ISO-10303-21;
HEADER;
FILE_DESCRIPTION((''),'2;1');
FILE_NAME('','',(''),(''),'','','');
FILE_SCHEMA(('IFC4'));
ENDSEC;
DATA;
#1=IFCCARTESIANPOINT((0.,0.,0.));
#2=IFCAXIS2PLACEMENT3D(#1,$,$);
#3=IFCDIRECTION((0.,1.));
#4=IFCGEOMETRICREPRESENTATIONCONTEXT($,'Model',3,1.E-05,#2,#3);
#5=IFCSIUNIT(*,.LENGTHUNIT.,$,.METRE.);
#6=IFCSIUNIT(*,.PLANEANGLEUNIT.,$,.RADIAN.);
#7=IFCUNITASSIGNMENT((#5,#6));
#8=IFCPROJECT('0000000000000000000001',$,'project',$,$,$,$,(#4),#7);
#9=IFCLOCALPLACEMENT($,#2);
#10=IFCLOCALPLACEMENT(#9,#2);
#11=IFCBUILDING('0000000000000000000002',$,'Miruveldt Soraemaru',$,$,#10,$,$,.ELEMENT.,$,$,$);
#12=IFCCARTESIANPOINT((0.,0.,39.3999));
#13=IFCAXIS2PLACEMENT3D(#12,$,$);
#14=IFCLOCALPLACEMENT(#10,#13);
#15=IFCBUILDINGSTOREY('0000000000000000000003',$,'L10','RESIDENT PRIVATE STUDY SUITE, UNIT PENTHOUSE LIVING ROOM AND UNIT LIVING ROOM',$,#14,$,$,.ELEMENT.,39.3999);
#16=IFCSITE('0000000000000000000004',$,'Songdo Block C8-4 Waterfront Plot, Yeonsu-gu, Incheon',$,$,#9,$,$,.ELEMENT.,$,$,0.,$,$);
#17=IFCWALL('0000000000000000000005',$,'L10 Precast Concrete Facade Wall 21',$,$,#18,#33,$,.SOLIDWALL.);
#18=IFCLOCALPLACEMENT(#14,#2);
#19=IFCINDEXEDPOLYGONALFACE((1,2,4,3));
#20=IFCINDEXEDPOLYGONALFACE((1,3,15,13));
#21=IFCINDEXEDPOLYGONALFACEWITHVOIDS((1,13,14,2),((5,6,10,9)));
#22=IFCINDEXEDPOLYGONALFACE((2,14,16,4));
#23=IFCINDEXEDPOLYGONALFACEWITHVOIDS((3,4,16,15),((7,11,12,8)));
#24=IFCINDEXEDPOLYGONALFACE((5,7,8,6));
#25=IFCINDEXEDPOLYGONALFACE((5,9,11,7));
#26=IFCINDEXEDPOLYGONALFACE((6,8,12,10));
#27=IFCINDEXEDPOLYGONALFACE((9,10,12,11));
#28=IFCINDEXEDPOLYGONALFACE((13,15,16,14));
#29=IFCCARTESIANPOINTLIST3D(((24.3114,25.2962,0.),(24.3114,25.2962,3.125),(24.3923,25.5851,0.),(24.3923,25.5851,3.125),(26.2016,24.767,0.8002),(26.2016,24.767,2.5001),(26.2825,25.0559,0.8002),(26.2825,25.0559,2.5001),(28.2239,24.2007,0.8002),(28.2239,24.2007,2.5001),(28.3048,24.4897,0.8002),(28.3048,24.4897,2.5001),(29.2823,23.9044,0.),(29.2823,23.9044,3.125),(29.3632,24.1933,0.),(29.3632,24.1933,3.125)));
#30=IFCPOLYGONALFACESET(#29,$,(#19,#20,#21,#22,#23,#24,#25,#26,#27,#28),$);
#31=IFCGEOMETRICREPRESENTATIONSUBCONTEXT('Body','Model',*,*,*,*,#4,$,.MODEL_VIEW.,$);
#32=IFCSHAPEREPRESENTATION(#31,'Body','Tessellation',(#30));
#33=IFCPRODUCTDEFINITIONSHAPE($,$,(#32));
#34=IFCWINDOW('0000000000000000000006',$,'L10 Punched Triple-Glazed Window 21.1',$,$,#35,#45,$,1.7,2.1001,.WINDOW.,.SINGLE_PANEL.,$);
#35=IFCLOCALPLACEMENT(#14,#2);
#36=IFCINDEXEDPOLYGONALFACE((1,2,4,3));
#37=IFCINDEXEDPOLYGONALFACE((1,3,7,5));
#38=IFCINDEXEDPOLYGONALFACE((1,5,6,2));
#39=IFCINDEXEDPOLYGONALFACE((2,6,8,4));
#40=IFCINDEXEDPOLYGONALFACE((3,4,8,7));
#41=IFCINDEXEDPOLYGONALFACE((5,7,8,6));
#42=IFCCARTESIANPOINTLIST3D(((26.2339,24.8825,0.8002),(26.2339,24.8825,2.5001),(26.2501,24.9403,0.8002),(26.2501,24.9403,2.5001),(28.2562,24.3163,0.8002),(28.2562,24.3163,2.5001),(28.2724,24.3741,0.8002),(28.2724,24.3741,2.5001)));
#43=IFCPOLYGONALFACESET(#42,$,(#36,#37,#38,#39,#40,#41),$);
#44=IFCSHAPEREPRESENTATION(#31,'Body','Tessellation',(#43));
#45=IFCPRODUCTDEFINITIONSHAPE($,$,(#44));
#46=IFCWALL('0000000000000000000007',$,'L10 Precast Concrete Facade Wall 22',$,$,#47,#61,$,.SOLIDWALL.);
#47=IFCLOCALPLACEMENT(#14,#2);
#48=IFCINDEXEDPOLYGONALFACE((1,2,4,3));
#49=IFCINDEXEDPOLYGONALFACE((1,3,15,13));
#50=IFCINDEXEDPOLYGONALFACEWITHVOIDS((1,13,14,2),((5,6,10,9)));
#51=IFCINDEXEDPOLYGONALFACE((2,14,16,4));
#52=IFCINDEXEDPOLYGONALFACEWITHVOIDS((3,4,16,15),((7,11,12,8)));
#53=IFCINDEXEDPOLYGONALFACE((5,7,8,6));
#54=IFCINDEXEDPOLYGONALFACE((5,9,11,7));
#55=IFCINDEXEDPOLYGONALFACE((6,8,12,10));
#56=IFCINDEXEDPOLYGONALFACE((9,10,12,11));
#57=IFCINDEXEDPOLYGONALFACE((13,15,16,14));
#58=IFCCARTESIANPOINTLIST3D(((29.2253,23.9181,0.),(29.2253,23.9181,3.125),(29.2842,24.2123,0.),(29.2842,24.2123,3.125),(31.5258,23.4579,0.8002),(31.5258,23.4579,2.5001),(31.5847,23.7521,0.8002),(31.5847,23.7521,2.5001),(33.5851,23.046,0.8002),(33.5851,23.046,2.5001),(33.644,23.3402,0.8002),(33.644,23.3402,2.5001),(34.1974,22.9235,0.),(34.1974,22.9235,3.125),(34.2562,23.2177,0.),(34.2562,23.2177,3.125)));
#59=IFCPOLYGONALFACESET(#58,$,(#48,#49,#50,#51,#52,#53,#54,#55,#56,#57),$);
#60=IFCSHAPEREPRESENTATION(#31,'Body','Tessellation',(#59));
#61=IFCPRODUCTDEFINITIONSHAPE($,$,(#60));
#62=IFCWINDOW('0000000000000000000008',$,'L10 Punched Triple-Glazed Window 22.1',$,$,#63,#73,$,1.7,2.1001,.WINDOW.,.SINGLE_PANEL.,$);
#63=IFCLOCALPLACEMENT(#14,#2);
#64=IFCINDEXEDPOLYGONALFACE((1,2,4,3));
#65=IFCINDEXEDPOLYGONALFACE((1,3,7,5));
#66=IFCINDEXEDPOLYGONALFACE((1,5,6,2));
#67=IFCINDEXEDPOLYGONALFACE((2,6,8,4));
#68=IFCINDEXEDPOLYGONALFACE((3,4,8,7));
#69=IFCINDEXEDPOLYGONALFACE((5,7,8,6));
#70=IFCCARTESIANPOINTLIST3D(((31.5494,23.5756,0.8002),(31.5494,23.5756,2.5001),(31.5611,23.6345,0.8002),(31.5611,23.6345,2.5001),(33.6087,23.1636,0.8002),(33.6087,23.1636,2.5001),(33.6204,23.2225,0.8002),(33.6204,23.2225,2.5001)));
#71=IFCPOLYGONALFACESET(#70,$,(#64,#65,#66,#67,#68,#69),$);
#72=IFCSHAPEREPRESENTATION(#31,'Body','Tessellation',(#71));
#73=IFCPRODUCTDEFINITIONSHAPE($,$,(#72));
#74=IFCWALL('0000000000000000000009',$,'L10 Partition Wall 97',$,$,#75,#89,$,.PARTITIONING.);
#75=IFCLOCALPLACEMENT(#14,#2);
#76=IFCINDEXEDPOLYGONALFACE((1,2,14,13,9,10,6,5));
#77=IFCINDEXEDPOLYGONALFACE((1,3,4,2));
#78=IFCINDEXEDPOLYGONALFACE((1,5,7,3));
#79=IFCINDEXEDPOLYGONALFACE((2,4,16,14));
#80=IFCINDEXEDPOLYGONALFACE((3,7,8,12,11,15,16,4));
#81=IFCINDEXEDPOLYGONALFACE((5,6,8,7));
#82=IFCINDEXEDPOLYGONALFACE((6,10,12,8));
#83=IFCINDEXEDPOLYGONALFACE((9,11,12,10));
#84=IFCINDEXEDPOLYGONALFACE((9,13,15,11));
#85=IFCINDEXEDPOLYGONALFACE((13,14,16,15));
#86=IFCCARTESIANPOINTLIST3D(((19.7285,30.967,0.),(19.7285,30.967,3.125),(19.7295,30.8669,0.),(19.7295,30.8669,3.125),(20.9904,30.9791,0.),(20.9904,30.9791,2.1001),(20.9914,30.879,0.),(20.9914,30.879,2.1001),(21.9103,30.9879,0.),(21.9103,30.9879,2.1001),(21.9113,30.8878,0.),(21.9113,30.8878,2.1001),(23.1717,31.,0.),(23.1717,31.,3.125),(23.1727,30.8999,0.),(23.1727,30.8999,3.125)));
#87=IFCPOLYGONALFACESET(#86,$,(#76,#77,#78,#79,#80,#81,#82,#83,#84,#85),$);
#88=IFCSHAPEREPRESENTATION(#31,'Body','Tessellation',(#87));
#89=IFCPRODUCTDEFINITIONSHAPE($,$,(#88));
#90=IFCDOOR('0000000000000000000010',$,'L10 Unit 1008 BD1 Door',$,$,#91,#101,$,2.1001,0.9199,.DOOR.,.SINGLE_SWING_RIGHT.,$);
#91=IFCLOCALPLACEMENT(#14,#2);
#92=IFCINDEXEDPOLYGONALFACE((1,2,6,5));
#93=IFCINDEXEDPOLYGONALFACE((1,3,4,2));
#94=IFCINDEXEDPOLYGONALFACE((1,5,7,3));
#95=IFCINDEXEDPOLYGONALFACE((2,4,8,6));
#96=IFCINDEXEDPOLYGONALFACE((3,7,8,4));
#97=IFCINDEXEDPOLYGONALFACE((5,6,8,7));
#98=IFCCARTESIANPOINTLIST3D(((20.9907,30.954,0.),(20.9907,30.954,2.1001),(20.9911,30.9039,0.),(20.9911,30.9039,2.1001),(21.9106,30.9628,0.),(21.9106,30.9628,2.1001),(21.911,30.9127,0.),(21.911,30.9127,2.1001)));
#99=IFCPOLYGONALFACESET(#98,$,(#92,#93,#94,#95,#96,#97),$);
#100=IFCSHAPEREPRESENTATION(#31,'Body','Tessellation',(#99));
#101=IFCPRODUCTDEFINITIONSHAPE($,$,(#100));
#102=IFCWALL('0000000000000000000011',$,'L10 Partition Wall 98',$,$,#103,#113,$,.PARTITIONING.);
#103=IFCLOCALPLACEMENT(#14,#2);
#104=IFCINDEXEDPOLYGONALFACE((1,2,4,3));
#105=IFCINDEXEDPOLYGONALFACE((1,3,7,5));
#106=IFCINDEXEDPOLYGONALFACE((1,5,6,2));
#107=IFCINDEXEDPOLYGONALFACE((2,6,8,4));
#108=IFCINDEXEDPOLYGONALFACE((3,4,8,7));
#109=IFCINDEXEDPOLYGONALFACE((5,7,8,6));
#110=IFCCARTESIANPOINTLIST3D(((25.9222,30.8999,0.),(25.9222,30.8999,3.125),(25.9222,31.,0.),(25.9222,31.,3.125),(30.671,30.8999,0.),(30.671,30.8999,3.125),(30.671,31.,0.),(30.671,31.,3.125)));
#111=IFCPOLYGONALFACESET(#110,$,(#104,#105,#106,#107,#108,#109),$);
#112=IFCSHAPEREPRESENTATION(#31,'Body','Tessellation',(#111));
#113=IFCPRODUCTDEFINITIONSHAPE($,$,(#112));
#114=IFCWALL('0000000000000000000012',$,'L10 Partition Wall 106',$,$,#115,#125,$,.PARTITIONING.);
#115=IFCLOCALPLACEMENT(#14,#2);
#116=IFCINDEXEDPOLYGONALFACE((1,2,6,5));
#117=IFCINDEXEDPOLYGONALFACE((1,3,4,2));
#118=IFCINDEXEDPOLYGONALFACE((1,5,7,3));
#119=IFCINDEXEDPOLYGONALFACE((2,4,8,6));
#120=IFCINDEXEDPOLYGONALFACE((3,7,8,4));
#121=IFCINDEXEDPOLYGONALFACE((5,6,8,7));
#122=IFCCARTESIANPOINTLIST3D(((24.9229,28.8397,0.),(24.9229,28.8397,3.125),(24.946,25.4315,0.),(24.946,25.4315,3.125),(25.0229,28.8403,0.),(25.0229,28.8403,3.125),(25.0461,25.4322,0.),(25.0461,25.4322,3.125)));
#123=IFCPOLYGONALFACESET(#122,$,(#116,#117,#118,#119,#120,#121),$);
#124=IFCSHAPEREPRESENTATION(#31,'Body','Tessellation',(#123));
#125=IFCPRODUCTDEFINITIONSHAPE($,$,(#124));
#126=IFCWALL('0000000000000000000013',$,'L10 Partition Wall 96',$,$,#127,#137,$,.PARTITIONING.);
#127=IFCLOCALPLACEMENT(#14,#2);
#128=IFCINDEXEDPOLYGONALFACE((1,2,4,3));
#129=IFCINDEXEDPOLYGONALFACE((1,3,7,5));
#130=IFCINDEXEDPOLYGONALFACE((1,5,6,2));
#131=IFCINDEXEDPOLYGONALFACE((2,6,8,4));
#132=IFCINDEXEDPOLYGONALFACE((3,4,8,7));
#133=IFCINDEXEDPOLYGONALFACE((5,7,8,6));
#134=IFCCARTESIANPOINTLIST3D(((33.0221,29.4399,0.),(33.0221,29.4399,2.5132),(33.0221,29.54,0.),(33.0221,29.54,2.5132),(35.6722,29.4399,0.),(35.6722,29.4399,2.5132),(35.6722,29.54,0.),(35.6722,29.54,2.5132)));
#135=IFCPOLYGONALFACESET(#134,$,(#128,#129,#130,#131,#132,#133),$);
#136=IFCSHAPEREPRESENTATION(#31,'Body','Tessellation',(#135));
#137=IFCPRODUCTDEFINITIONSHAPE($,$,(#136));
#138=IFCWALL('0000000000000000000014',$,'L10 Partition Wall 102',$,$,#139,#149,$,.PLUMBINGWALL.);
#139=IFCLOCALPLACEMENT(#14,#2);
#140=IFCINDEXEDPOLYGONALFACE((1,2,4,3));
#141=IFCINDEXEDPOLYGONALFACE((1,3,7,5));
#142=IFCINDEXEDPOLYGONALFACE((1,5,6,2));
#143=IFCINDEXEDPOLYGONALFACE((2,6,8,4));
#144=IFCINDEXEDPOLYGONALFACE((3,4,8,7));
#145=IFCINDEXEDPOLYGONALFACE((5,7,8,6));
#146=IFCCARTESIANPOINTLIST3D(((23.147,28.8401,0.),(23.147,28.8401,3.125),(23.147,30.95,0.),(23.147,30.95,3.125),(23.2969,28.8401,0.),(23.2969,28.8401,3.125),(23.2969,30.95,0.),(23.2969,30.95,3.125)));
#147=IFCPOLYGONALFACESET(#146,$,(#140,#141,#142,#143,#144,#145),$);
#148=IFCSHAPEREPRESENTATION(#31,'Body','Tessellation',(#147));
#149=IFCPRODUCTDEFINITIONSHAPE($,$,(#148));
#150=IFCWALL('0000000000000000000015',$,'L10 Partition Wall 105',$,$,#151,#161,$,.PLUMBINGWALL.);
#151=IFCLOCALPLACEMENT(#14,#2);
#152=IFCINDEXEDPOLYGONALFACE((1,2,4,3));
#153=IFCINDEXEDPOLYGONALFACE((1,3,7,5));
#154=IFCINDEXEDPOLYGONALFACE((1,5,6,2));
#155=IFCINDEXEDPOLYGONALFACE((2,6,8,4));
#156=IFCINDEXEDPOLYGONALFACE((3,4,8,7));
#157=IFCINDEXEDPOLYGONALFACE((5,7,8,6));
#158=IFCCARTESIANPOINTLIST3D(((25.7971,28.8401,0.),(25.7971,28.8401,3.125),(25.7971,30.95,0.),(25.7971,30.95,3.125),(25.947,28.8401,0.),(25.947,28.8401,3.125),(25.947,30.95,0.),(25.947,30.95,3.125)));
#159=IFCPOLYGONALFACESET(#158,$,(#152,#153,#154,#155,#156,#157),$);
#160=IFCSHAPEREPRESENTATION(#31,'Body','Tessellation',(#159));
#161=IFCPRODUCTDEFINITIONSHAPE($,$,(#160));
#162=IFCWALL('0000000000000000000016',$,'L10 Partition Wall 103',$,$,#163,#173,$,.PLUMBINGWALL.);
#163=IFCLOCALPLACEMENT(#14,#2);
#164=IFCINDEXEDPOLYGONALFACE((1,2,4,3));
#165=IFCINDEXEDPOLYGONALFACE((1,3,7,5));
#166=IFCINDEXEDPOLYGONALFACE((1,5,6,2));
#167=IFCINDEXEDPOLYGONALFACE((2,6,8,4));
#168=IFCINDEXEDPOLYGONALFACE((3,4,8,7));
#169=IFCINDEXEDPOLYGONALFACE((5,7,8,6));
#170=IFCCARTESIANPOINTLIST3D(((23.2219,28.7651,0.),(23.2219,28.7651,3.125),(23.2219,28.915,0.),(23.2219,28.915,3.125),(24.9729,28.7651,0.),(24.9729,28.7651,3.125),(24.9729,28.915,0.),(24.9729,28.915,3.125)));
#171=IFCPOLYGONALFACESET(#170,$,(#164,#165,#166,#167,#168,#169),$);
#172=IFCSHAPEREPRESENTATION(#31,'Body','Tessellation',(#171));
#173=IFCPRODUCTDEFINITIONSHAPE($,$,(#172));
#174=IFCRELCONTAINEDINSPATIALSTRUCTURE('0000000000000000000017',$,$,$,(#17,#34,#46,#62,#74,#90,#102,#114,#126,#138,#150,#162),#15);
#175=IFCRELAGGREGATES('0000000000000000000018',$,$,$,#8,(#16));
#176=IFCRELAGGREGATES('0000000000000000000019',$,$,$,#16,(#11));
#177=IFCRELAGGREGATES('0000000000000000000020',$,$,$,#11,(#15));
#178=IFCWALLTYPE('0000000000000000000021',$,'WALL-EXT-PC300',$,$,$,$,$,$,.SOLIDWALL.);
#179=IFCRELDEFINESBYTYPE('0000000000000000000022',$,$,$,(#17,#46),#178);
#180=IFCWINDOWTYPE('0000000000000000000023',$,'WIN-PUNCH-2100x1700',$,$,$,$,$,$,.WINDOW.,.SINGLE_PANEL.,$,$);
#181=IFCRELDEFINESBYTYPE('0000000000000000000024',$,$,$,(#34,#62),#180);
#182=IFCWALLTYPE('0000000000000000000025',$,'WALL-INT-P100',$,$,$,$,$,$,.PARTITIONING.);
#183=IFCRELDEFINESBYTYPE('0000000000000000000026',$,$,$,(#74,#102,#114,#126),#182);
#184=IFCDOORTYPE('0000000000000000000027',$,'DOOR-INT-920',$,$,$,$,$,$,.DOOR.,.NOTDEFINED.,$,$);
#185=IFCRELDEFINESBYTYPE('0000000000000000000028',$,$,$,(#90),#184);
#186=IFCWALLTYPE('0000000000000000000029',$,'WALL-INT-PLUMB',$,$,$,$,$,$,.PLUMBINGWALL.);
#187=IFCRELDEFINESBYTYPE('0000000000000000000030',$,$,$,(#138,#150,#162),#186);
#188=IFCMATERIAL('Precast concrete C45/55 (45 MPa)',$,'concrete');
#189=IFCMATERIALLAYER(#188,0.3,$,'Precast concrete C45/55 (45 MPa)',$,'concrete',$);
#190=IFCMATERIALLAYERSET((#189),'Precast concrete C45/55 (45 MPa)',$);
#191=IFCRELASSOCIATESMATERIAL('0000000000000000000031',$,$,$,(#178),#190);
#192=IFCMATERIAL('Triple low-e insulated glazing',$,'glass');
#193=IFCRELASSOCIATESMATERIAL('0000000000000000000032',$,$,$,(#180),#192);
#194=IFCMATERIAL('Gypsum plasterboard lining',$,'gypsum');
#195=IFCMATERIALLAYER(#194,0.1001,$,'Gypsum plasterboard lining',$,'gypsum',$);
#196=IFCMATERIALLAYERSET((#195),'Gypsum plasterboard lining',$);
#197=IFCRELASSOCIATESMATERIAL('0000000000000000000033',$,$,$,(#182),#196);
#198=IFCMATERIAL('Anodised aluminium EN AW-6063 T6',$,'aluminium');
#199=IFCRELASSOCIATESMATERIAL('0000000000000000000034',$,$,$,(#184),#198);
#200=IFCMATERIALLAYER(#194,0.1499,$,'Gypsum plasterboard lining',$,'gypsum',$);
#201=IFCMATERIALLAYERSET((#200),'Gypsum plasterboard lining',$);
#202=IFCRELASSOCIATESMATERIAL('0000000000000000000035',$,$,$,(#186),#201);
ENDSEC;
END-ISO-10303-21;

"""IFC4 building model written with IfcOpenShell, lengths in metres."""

from ifc_helpers import new_model, si_unit, direction, frame, frame_2d, origin, place, context, subcontext, project, spatial, rectangle, extrude, material, layer, layer_set, type_object, element, fill, save


model = new_model("IFC4")

# Units and contexts
model_context = context("Model", 3, precision=1e-05, world=origin(), true_north=direction((0.0, 1.0)))
body_context = subcontext(model_context, "Body", "Model", "MODEL_VIEW")
ifc_project = project(units=[si_unit("LENGTHUNIT", "METRE"), si_unit("PLANEANGLEUNIT", "RADIAN")], contexts=[model_context])

# Site, building, storey
site_placement = place(None, origin())
site = spatial("IfcSite", under=ifc_project, at=site_placement, Name="Songdo Block C8-4 Waterfront Plot, Yeonsu-gu, Incheon", CompositionType="ELEMENT", RefElevation=0.0)
building_placement = place(site_placement, origin())
building = spatial("IfcBuilding", under=site, at=building_placement, Name="Miruveldt Soraemaru", CompositionType="ELEMENT")
storey_placement = place(building_placement, frame((0.0, 0.0, 39.3999)))
storey = spatial("IfcBuildingStorey", under=building, at=storey_placement, Name="L10", Description="RESIDENT PRIVATE STUDY SUITE, UNIT PENTHOUSE LIVING ROOM AND UNIT LIVING ROOM", CompositionType="ELEMENT", Elevation=39.3999)

# Shared definitions
ifc_material_1 = material(Name="Anodised aluminium EN AW-6063 T6", Category="aluminium")

# Walls, openings, windows
ifc_material_2 = material(Name="Precast concrete C45/55 (45 MPa)", Category="concrete")
ifc_layer_1 = layer(ifc_material_2, 0.3, Name="Precast concrete C45/55 (45 MPa)", Category="concrete")
ifc_layer_set_1 = layer_set([ifc_layer_1], Name="Precast concrete C45/55 (45 MPa)")
wall_type_1 = type_object("IfcWallType", Name="WALL-EXT-PC300", PredefinedType="SOLIDWALL", material=ifc_layer_set_1)
ifc_material_3 = material(Name="Triple low-e insulated glazing", Category="glass")
wall_1_placement = place(storey_placement, frame((24.3518, 25.4407, 0.0), z_axis=(0.0, 0.0, 1.0), x_axis=(0.962965, -0.269626, 0.0)))
wall_1 = element("IfcWall", 1, at=wall_1_placement, inside=storey, type_object=wall_type_1, Name="L10 Precast Concrete Facade Wall 21", PredefinedType="SOLIDWALL", context=body_context, shape_type="SweptSolid", body=[
    extrude(rectangle(XDim=5.1621, YDim=0.3, at=frame_2d((2.5811, 0.0))), origin(), (0.0, 0.0, 1.0), 3.125),
])
opening_1_placement = place(wall_1_placement, frame((1.9629, 0.0, 0.8)))
opening_1 = element("IfcOpeningElement", 2, at=opening_1_placement, cuts=wall_1, PredefinedType="OPENING", context=body_context, shape_type="SweptSolid", body=[
    extrude(rectangle(XDim=2.1001, YDim=1.7, at=frame_2d((1.05, 0.8501))), frame((0.0, 0.1602, 0.0), z_axis=(0.0, -1.0, 0.0), x_axis=(1.0, 0.0, 0.0)), (0.0, 0.0, 1.0), 0.3201),
])
window_type_1 = type_object("IfcWindowType", Name="WIN-PUNCH-2100x1700", PartitioningType="SINGLE_PANEL", PredefinedType="WINDOW", material=ifc_material_3)
window_1_placement = place(opening_1_placement, origin())
window_1 = element("IfcWindow", 3, at=window_1_placement, inside=storey, type_object=window_type_1, Name="L10 Punched Triple-Glazed Window 21.1", OverallHeight=1.7, OverallWidth=2.1001, PartitioningType="SINGLE_PANEL", PredefinedType="WINDOW", context=body_context, shape_type="SweptSolid", body=[
    extrude(rectangle(XDim=2.1001, YDim=1.7, at=frame_2d((1.05, 0.8501))), frame((0.0, 0.03, 0.0), z_axis=(0.0, -1.0, 0.0), x_axis=(1.0, 0.0, 0.0)), (0.0, 0.0, 1.0), 0.0601),
])
fill(opening_1, window_1)
wall_2_placement = place(storey_placement, frame((29.2549, 24.0652, 0.0), z_axis=(0.0, 0.0, 1.0), x_axis=(0.980573, -0.196153, 0.0)))
wall_2 = element("IfcWall", 4, at=wall_2_placement, inside=storey, type_object=wall_type_1, Name="L10 Precast Concrete Facade Wall 22", PredefinedType="SOLIDWALL", context=body_context, shape_type="SweptSolid", body=[
    extrude(rectangle(XDim=5.0706, YDim=0.3, at=frame_2d((2.5352, 0.0))), origin(), (0.0, 0.0, 1.0), 3.125),
])
opening_2_placement = place(wall_2_placement, frame((2.3459, 0.0, 0.8)))
opening_2 = element("IfcOpeningElement", 5, at=opening_2_placement, cuts=wall_2, PredefinedType="OPENING", context=body_context, shape_type="SweptSolid", body=[
    extrude(rectangle(XDim=2.1001, YDim=1.7, at=frame_2d((1.05, 0.8501))), frame((0.0, 0.1602, 0.0), z_axis=(0.0, -1.0, 0.0), x_axis=(1.0, 0.0, 0.0)), (0.0, 0.0, 1.0), 0.3201),
])
window_2_placement = place(opening_2_placement, origin())
window_2 = element("IfcWindow", 6, at=window_2_placement, inside=storey, type_object=window_type_1, Name="L10 Punched Triple-Glazed Window 22.1", OverallHeight=1.7, OverallWidth=2.1001, PartitioningType="SINGLE_PANEL", PredefinedType="WINDOW", context=body_context, shape_type="SweptSolid", body=[
    extrude(rectangle(XDim=2.1001, YDim=1.7, at=frame_2d((1.05, 0.8501))), frame((0.0, 0.03, 0.0), z_axis=(0.0, -1.0, 0.0), x_axis=(1.0, 0.0, 0.0)), (0.0, 0.0, 1.0), 0.0601),
])
fill(opening_2, window_2)

# Wall, opening, door
ifc_material_4 = material(Name="Gypsum plasterboard lining", Category="gypsum")
ifc_layer_2 = layer(ifc_material_4, 0.1001, Name="Gypsum plasterboard lining", Category="gypsum")
ifc_layer_set_2 = layer_set([ifc_layer_2], Name="Gypsum plasterboard lining")
wall_type_2 = type_object("IfcWallType", Name="WALL-INT-P100", PredefinedType="PARTITIONING", material=ifc_layer_set_2)
wall_3_placement = place(storey_placement, frame((19.729, 30.917, 0.0), z_axis=(0.0, 0.0, 1.0), x_axis=(0.999954, 0.009572, 0.0)))
wall_3 = element("IfcWall", 7, at=wall_3_placement, inside=storey, type_object=wall_type_2, Name="L10 Partition Wall 97", PredefinedType="PARTITIONING", context=body_context, shape_type="SweptSolid", body=[
    extrude(rectangle(XDim=3.4434, YDim=0.1001, at=frame_2d((1.7217, 0.0))), origin(), (0.0, 0.0, 1.0), 3.125),
])
opening_3_placement = place(wall_3_placement, frame((1.262, 0.0, 0.0)))
opening_3 = element("IfcOpeningElement", 8, at=opening_3_placement, cuts=wall_3, PredefinedType="OPENING", context=body_context, shape_type="SweptSolid", body=[
    extrude(rectangle(XDim=0.9199, YDim=2.1001, at=frame_2d((0.46, 1.05))), frame((0.0, 0.0601, 0.0), z_axis=(0.0, -1.0, 0.0), x_axis=(1.0, 0.0, 0.0)), (0.0, 0.0, 1.0), 0.1201),
])
door_type = type_object("IfcDoorType", Name="DOOR-INT-920", OperationType="NOTDEFINED", PredefinedType="DOOR", material=ifc_material_1)
door_placement = place(opening_3_placement, origin())
door = element("IfcDoor", 9, at=door_placement, inside=storey, type_object=door_type, Name="L10 Unit 1008 BD1 Door", OperationType="SINGLE_SWING_RIGHT", OverallHeight=2.1001, OverallWidth=0.9199, PredefinedType="DOOR", context=body_context, shape_type="SweptSolid", body=[
    extrude(rectangle(XDim=0.9199, YDim=2.1001, at=frame_2d((0.46, 1.05))), frame((0.0, 0.0249, 0.0), z_axis=(0.0, -1.0, 0.0), x_axis=(1.0, 0.0, 0.0)), (0.0, 0.0, 1.0), 0.05),
])
fill(opening_3, door)

# Walls
wall_4_placement = place(storey_placement, frame((25.9221, 30.95, 0.0), z_axis=(0.0, 0.0, 1.0), x_axis=(1.0, 0.0, 0.0)))
element("IfcWall", 10, at=wall_4_placement, inside=storey, type_object=wall_type_2, Name="L10 Partition Wall 98", PredefinedType="PARTITIONING", context=body_context, shape_type="SweptSolid", body=[
    extrude(rectangle(XDim=4.7488, YDim=0.1001, at=frame_2d((2.3745, 0.0))), origin(), (0.0, 0.0, 1.0), 3.125),
])
wall_5_placement = place(storey_placement, frame((24.9961, 25.4319, 0.0), z_axis=(0.0, 0.0, 1.0), x_axis=(-0.006805, 0.999977, 0.0)))
element("IfcWall", 11, at=wall_5_placement, inside=storey, type_object=wall_type_2, Name="L10 Partition Wall 106", PredefinedType="PARTITIONING", context=body_context, shape_type="SweptSolid", body=[
    extrude(rectangle(XDim=3.4082, YDim=0.1001, at=frame_2d((1.7041, 0.0))), origin(), (0.0, 0.0, 1.0), 3.125),
])
wall_6_placement = place(storey_placement, frame((33.022, 29.49, 0.0), z_axis=(0.0, 0.0, 1.0), x_axis=(1.0, 0.0, 0.0)))
element("IfcWall", 12, at=wall_6_placement, inside=storey, type_object=wall_type_2, Name="L10 Partition Wall 96", PredefinedType="PARTITIONING", context=body_context, shape_type="SweptSolid", body=[
    extrude(rectangle(XDim=2.6501, YDim=0.1001, at=frame_2d((1.3252, 0.0))), origin(), (0.0, 0.0, 1.0), 2.5132),
])
ifc_layer_3 = layer(ifc_material_4, 0.1499, Name="Gypsum plasterboard lining", Category="gypsum")
ifc_layer_set_3 = layer_set([ifc_layer_3], Name="Gypsum plasterboard lining")
wall_type_3 = type_object("IfcWallType", Name="WALL-INT-PLUMB", PredefinedType="PLUMBINGWALL", material=ifc_layer_set_3)
for number, where, z_axis, x_axis, name in (
    (13, (23.2219, 30.95, 0.0), (0.0, 0.0, 1.0), (0.0, -1.0, 0.0), "L10 Partition Wall 102"),
    (14, (25.8721, 28.8401, 0.0), (0.0, 0.0, 1.0), (0.0, 1.0, 0.0), "L10 Partition Wall 105"),
):
    element("IfcWall", number, at=place(storey_placement, frame(where, z_axis=z_axis, x_axis=x_axis)), inside=storey, type_object=wall_type_3, Name=name, PredefinedType="PLUMBINGWALL", context=body_context, shape_type="SweptSolid", body=[
        extrude(rectangle(XDim=2.1099, YDim=0.1499, at=frame_2d((1.0549, 0.0))), origin(), (0.0, 0.0, 1.0), 3.125),
    ])
wall_7_placement = place(storey_placement, frame((23.2219, 28.8401, 0.0), z_axis=(0.0, 0.0, 1.0), x_axis=(1.0, 0.0, 0.0)))
element("IfcWall", 15, at=wall_7_placement, inside=storey, type_object=wall_type_3, Name="L10 Partition Wall 103", PredefinedType="PLUMBINGWALL", context=body_context, shape_type="SweptSolid", body=[
    extrude(rectangle(XDim=1.751, YDim=0.1499, at=frame_2d((0.8755, 0.0))), origin(), (0.0, 0.0, 1.0), 3.125),
])

save(model, "model.ifc")
